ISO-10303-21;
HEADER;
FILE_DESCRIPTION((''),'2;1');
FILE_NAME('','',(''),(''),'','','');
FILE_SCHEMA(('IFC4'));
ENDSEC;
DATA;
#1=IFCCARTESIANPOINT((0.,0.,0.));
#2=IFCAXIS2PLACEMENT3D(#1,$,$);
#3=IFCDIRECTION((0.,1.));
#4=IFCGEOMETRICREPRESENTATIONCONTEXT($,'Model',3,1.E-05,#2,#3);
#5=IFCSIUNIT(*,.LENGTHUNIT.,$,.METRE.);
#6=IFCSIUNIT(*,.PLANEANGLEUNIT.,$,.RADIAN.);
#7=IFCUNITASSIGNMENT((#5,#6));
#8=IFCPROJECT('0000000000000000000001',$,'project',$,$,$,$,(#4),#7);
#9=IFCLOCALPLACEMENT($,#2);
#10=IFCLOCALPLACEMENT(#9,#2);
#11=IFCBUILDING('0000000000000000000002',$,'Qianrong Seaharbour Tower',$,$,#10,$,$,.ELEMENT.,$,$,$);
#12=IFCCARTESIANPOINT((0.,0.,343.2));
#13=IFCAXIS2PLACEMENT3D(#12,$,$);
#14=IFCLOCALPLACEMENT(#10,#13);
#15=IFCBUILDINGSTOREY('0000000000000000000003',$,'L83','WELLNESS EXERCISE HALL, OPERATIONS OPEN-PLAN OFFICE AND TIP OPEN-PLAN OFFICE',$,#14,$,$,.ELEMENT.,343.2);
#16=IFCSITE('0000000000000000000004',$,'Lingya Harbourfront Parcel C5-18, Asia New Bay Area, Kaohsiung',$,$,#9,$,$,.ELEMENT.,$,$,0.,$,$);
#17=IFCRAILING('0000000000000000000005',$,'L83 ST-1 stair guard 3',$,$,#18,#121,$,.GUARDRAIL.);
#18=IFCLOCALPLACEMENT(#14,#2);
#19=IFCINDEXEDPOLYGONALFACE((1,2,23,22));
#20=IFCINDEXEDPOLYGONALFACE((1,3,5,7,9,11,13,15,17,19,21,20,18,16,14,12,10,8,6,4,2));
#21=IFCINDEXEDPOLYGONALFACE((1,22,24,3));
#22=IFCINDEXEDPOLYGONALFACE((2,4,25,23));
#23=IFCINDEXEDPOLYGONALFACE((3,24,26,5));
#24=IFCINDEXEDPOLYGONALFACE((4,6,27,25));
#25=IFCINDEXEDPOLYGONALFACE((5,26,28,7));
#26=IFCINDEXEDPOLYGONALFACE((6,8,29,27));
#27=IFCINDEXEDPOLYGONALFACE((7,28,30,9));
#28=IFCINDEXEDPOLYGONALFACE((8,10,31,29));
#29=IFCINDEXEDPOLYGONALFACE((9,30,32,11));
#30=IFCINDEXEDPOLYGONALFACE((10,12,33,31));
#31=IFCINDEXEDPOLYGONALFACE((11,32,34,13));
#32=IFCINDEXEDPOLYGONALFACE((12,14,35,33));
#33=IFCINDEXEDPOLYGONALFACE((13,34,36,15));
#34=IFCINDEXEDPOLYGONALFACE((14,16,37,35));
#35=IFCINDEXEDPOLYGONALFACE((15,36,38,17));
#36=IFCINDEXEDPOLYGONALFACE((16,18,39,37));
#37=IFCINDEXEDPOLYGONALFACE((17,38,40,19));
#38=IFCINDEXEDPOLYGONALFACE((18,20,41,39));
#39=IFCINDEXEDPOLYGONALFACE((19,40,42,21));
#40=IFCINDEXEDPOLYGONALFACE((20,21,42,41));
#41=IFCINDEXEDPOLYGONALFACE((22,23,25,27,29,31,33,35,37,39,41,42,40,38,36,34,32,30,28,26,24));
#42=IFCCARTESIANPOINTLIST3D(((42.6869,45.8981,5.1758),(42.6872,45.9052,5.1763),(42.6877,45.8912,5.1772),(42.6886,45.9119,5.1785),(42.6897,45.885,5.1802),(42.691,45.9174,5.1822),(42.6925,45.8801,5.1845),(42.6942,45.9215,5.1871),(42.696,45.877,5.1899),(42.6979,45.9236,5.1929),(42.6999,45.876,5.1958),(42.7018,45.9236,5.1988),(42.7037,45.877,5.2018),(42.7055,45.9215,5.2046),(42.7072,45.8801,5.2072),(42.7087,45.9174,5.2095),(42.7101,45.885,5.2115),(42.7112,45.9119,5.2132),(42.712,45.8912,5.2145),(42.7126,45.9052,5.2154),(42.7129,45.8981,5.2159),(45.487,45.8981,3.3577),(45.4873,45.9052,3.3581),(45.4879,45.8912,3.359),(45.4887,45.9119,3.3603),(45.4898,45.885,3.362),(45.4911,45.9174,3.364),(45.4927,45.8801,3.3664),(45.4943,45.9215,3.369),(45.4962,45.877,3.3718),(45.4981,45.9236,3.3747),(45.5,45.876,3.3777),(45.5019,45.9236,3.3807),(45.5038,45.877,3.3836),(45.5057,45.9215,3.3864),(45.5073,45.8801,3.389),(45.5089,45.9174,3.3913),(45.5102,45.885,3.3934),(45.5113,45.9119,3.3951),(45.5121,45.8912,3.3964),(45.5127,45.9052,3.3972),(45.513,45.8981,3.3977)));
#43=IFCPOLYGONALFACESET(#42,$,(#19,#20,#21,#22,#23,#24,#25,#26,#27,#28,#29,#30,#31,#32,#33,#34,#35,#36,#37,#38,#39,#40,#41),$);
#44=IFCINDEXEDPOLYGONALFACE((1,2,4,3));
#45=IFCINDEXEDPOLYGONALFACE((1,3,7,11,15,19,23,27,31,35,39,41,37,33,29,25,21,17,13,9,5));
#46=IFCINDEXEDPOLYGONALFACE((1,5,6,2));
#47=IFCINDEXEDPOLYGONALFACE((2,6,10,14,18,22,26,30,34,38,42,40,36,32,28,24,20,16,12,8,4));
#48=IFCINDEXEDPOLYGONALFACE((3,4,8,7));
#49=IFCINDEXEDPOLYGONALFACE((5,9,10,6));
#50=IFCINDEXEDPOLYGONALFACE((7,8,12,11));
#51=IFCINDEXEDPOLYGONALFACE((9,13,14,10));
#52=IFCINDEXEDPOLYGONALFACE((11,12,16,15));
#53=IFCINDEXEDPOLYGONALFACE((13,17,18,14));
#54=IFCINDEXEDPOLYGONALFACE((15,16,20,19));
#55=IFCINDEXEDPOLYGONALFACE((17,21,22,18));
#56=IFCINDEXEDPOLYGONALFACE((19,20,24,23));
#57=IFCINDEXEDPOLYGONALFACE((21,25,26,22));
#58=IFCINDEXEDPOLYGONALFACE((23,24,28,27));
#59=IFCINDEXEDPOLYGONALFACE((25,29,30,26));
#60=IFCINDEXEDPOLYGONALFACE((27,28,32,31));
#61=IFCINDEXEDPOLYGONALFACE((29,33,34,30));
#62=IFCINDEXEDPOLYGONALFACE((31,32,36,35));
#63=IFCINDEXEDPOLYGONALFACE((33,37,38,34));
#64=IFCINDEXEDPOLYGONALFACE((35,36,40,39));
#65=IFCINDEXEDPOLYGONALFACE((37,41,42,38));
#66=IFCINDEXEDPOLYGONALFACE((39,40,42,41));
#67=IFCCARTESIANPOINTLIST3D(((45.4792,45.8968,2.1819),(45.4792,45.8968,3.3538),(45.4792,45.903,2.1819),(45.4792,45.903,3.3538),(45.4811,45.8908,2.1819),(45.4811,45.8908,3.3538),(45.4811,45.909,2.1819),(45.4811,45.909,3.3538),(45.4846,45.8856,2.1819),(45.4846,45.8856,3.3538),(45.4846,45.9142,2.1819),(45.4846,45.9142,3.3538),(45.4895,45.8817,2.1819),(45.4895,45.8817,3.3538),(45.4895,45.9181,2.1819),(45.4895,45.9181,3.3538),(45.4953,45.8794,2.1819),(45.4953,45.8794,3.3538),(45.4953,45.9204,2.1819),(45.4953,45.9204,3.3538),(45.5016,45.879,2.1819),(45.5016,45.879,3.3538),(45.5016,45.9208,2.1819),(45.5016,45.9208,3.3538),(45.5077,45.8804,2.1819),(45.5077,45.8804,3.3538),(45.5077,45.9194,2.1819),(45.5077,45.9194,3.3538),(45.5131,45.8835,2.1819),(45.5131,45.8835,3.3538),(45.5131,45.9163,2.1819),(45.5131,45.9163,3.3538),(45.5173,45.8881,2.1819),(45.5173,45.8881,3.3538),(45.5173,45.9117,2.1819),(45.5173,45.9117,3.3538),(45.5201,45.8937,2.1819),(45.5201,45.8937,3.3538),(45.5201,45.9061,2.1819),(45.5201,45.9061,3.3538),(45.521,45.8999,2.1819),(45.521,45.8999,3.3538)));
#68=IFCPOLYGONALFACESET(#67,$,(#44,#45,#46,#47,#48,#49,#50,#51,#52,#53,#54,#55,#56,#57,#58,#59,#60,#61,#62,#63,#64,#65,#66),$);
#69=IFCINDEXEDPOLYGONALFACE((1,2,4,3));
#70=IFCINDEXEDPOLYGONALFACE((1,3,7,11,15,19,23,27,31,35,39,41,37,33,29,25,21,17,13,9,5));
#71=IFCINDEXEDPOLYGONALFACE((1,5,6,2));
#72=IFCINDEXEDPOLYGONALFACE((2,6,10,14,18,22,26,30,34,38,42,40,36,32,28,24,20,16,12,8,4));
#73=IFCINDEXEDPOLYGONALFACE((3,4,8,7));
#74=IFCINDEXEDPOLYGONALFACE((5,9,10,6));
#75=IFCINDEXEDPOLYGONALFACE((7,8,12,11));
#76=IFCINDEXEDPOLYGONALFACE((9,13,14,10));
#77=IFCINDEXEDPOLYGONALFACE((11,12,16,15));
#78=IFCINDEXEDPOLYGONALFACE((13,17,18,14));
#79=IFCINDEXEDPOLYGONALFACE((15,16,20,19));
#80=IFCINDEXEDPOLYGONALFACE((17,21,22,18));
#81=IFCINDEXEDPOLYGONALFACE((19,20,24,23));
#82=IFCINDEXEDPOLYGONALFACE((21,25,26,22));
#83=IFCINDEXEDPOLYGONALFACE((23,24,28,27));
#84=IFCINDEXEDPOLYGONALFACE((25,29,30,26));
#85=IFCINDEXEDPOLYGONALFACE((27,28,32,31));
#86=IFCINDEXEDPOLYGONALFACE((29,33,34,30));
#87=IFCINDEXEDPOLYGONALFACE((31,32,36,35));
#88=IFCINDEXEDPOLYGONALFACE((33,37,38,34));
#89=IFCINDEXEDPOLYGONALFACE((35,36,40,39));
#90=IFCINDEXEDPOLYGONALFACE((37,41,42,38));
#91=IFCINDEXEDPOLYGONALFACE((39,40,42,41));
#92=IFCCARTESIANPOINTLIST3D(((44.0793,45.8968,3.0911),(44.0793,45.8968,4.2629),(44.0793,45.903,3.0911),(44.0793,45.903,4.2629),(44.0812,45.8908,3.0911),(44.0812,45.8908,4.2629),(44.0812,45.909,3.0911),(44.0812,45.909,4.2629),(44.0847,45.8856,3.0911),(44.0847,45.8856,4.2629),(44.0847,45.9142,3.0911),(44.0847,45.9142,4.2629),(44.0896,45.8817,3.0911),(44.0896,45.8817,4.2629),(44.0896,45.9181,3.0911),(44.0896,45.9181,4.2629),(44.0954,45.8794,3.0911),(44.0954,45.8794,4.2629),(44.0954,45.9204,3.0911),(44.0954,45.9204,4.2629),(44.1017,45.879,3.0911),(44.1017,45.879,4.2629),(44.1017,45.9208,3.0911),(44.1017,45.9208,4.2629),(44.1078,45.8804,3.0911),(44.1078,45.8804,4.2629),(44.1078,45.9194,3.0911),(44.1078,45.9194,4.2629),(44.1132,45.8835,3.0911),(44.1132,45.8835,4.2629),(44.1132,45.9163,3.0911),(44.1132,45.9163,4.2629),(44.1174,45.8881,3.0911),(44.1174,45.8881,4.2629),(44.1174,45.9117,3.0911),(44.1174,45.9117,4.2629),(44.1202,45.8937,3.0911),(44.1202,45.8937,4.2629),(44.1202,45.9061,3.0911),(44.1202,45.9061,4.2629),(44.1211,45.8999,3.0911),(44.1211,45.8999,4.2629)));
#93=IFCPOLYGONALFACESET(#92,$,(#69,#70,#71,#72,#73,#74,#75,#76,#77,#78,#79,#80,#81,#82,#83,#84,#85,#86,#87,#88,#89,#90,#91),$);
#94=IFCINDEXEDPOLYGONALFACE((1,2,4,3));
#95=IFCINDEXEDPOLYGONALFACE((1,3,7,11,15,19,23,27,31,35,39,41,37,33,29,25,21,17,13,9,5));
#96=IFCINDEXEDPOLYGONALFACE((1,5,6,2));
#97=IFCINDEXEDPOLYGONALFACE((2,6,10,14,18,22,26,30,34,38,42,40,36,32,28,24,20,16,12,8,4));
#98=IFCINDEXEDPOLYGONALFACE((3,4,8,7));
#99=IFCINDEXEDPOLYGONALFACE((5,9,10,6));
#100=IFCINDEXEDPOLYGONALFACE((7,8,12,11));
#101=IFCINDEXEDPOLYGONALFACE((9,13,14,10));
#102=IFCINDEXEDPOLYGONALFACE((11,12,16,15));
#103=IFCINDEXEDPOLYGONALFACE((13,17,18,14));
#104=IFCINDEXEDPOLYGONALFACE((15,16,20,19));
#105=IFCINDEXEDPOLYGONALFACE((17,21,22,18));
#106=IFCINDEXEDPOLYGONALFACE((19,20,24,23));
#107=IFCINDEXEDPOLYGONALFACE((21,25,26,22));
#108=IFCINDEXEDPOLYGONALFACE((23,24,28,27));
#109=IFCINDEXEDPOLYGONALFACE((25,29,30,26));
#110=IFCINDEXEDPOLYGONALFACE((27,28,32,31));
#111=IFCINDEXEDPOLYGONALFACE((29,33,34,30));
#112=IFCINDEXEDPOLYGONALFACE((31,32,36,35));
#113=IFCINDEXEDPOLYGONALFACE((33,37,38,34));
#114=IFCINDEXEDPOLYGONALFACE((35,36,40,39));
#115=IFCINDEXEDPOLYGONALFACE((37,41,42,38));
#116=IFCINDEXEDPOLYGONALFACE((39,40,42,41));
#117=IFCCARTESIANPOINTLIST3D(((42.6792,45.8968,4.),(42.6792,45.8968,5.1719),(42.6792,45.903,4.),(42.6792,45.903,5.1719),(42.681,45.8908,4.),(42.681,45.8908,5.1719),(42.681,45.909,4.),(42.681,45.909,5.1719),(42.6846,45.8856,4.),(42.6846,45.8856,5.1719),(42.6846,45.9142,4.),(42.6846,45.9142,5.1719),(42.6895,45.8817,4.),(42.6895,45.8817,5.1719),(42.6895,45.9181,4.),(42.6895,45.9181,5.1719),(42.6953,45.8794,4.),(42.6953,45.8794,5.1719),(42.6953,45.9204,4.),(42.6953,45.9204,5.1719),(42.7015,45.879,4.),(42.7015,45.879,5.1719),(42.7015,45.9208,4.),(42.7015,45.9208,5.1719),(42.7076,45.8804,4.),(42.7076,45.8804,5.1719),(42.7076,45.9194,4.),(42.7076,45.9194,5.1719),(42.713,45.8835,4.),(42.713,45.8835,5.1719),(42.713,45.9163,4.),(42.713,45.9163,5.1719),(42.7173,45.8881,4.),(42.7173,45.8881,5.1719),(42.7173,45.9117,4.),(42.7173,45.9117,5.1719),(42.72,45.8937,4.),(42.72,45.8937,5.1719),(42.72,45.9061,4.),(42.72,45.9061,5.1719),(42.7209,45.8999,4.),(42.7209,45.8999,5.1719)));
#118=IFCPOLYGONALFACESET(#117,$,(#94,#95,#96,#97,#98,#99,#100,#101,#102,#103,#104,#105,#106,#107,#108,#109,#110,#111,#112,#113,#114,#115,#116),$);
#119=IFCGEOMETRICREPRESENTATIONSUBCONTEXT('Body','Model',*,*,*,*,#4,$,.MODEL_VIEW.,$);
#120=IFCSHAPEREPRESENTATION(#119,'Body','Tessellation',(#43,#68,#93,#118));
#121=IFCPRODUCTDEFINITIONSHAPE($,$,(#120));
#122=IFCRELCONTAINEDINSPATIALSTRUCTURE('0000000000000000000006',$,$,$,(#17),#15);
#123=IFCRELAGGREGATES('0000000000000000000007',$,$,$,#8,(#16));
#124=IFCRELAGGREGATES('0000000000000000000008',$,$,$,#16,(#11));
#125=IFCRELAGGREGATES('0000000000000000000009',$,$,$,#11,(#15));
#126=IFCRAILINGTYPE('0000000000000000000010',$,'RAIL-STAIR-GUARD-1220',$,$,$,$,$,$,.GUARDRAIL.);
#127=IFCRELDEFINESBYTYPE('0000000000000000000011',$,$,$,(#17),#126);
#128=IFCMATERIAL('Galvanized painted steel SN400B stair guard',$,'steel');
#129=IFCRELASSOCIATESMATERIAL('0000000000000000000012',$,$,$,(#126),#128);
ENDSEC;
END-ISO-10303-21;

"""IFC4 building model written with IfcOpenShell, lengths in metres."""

from ifc_helpers import new_model, si_unit, direction, frame, origin, origin_2d, place, context, subcontext, project, spatial, circle, extrude, material, type_object, element, save


model = new_model("IFC4")

# Units and contexts
model_context = context("Model", 3, precision=1e-05, world=origin(), true_north=direction((0.0, 1.0)))
body_context = subcontext(model_context, "Body", "Model", "MODEL_VIEW")
ifc_project = project(units=[si_unit("LENGTHUNIT", "METRE"), si_unit("PLANEANGLEUNIT", "RADIAN")], contexts=[model_context])

# Site, building, storey
site_placement = place(None, origin())
site = spatial("IfcSite", under=ifc_project, at=site_placement, Name="Lingya Harbourfront Parcel C5-18, Asia New Bay Area, Kaohsiung", CompositionType="ELEMENT", RefElevation=0.0)
building_placement = place(site_placement, origin())
building = spatial("IfcBuilding", under=site, at=building_placement, Name="Qianrong Seaharbour Tower", CompositionType="ELEMENT")
storey_placement = place(building_placement, frame((0.0, 0.0, 343.2)))
storey = spatial("IfcBuildingStorey", under=building, at=storey_placement, Name="L83", Description="WELLNESS EXERCISE HALL, OPERATIONS OPEN-PLAN OFFICE AND TIP OPEN-PLAN OFFICE", CompositionType="ELEMENT", Elevation=343.2)

# Railing
ifc_material_1 = material(Name="Galvanized painted steel SN400B stair guard", Category="steel")
railing_type_1 = type_object("IfcRailingType", Name="RAIL-STAIR-GUARD-1220", PredefinedType="GUARDRAIL", material=ifc_material_1)
railing_1_placement = place(storey_placement, frame((45.5, 45.8999, 2.1819)))
element("IfcRailing", 1, at=railing_1_placement, inside=storey, type_object=railing_type_1, Name="L83 ST-1 stair guard 3", PredefinedType="GUARDRAIL", context=body_context, shape_type="SweptSolid", body=[
    extrude(circle(Radius=0.0239, at=origin_2d()), frame((0.0, 0.0, 1.1958), z_axis=(-0.838706, 0.0, 0.544585), x_axis=(0.0, -1.0, 0.0)), (0.0, 0.0, 1.0), 3.3386),
    extrude(circle(Radius=0.021, at=origin_2d()), origin(), (0.0, 0.0, 1.0), 1.1719),
    extrude(circle(Radius=0.021, at=origin_2d()), frame((-1.3999, 0.0, 0.9092)), (0.0, 0.0, 1.0), 1.1719),
    extrude(circle(Radius=0.021, at=origin_2d()), frame((-2.8, 0.0, 1.8181)), (0.0, 0.0, 1.0), 1.1719),
])

save(model, "model.ifc")
